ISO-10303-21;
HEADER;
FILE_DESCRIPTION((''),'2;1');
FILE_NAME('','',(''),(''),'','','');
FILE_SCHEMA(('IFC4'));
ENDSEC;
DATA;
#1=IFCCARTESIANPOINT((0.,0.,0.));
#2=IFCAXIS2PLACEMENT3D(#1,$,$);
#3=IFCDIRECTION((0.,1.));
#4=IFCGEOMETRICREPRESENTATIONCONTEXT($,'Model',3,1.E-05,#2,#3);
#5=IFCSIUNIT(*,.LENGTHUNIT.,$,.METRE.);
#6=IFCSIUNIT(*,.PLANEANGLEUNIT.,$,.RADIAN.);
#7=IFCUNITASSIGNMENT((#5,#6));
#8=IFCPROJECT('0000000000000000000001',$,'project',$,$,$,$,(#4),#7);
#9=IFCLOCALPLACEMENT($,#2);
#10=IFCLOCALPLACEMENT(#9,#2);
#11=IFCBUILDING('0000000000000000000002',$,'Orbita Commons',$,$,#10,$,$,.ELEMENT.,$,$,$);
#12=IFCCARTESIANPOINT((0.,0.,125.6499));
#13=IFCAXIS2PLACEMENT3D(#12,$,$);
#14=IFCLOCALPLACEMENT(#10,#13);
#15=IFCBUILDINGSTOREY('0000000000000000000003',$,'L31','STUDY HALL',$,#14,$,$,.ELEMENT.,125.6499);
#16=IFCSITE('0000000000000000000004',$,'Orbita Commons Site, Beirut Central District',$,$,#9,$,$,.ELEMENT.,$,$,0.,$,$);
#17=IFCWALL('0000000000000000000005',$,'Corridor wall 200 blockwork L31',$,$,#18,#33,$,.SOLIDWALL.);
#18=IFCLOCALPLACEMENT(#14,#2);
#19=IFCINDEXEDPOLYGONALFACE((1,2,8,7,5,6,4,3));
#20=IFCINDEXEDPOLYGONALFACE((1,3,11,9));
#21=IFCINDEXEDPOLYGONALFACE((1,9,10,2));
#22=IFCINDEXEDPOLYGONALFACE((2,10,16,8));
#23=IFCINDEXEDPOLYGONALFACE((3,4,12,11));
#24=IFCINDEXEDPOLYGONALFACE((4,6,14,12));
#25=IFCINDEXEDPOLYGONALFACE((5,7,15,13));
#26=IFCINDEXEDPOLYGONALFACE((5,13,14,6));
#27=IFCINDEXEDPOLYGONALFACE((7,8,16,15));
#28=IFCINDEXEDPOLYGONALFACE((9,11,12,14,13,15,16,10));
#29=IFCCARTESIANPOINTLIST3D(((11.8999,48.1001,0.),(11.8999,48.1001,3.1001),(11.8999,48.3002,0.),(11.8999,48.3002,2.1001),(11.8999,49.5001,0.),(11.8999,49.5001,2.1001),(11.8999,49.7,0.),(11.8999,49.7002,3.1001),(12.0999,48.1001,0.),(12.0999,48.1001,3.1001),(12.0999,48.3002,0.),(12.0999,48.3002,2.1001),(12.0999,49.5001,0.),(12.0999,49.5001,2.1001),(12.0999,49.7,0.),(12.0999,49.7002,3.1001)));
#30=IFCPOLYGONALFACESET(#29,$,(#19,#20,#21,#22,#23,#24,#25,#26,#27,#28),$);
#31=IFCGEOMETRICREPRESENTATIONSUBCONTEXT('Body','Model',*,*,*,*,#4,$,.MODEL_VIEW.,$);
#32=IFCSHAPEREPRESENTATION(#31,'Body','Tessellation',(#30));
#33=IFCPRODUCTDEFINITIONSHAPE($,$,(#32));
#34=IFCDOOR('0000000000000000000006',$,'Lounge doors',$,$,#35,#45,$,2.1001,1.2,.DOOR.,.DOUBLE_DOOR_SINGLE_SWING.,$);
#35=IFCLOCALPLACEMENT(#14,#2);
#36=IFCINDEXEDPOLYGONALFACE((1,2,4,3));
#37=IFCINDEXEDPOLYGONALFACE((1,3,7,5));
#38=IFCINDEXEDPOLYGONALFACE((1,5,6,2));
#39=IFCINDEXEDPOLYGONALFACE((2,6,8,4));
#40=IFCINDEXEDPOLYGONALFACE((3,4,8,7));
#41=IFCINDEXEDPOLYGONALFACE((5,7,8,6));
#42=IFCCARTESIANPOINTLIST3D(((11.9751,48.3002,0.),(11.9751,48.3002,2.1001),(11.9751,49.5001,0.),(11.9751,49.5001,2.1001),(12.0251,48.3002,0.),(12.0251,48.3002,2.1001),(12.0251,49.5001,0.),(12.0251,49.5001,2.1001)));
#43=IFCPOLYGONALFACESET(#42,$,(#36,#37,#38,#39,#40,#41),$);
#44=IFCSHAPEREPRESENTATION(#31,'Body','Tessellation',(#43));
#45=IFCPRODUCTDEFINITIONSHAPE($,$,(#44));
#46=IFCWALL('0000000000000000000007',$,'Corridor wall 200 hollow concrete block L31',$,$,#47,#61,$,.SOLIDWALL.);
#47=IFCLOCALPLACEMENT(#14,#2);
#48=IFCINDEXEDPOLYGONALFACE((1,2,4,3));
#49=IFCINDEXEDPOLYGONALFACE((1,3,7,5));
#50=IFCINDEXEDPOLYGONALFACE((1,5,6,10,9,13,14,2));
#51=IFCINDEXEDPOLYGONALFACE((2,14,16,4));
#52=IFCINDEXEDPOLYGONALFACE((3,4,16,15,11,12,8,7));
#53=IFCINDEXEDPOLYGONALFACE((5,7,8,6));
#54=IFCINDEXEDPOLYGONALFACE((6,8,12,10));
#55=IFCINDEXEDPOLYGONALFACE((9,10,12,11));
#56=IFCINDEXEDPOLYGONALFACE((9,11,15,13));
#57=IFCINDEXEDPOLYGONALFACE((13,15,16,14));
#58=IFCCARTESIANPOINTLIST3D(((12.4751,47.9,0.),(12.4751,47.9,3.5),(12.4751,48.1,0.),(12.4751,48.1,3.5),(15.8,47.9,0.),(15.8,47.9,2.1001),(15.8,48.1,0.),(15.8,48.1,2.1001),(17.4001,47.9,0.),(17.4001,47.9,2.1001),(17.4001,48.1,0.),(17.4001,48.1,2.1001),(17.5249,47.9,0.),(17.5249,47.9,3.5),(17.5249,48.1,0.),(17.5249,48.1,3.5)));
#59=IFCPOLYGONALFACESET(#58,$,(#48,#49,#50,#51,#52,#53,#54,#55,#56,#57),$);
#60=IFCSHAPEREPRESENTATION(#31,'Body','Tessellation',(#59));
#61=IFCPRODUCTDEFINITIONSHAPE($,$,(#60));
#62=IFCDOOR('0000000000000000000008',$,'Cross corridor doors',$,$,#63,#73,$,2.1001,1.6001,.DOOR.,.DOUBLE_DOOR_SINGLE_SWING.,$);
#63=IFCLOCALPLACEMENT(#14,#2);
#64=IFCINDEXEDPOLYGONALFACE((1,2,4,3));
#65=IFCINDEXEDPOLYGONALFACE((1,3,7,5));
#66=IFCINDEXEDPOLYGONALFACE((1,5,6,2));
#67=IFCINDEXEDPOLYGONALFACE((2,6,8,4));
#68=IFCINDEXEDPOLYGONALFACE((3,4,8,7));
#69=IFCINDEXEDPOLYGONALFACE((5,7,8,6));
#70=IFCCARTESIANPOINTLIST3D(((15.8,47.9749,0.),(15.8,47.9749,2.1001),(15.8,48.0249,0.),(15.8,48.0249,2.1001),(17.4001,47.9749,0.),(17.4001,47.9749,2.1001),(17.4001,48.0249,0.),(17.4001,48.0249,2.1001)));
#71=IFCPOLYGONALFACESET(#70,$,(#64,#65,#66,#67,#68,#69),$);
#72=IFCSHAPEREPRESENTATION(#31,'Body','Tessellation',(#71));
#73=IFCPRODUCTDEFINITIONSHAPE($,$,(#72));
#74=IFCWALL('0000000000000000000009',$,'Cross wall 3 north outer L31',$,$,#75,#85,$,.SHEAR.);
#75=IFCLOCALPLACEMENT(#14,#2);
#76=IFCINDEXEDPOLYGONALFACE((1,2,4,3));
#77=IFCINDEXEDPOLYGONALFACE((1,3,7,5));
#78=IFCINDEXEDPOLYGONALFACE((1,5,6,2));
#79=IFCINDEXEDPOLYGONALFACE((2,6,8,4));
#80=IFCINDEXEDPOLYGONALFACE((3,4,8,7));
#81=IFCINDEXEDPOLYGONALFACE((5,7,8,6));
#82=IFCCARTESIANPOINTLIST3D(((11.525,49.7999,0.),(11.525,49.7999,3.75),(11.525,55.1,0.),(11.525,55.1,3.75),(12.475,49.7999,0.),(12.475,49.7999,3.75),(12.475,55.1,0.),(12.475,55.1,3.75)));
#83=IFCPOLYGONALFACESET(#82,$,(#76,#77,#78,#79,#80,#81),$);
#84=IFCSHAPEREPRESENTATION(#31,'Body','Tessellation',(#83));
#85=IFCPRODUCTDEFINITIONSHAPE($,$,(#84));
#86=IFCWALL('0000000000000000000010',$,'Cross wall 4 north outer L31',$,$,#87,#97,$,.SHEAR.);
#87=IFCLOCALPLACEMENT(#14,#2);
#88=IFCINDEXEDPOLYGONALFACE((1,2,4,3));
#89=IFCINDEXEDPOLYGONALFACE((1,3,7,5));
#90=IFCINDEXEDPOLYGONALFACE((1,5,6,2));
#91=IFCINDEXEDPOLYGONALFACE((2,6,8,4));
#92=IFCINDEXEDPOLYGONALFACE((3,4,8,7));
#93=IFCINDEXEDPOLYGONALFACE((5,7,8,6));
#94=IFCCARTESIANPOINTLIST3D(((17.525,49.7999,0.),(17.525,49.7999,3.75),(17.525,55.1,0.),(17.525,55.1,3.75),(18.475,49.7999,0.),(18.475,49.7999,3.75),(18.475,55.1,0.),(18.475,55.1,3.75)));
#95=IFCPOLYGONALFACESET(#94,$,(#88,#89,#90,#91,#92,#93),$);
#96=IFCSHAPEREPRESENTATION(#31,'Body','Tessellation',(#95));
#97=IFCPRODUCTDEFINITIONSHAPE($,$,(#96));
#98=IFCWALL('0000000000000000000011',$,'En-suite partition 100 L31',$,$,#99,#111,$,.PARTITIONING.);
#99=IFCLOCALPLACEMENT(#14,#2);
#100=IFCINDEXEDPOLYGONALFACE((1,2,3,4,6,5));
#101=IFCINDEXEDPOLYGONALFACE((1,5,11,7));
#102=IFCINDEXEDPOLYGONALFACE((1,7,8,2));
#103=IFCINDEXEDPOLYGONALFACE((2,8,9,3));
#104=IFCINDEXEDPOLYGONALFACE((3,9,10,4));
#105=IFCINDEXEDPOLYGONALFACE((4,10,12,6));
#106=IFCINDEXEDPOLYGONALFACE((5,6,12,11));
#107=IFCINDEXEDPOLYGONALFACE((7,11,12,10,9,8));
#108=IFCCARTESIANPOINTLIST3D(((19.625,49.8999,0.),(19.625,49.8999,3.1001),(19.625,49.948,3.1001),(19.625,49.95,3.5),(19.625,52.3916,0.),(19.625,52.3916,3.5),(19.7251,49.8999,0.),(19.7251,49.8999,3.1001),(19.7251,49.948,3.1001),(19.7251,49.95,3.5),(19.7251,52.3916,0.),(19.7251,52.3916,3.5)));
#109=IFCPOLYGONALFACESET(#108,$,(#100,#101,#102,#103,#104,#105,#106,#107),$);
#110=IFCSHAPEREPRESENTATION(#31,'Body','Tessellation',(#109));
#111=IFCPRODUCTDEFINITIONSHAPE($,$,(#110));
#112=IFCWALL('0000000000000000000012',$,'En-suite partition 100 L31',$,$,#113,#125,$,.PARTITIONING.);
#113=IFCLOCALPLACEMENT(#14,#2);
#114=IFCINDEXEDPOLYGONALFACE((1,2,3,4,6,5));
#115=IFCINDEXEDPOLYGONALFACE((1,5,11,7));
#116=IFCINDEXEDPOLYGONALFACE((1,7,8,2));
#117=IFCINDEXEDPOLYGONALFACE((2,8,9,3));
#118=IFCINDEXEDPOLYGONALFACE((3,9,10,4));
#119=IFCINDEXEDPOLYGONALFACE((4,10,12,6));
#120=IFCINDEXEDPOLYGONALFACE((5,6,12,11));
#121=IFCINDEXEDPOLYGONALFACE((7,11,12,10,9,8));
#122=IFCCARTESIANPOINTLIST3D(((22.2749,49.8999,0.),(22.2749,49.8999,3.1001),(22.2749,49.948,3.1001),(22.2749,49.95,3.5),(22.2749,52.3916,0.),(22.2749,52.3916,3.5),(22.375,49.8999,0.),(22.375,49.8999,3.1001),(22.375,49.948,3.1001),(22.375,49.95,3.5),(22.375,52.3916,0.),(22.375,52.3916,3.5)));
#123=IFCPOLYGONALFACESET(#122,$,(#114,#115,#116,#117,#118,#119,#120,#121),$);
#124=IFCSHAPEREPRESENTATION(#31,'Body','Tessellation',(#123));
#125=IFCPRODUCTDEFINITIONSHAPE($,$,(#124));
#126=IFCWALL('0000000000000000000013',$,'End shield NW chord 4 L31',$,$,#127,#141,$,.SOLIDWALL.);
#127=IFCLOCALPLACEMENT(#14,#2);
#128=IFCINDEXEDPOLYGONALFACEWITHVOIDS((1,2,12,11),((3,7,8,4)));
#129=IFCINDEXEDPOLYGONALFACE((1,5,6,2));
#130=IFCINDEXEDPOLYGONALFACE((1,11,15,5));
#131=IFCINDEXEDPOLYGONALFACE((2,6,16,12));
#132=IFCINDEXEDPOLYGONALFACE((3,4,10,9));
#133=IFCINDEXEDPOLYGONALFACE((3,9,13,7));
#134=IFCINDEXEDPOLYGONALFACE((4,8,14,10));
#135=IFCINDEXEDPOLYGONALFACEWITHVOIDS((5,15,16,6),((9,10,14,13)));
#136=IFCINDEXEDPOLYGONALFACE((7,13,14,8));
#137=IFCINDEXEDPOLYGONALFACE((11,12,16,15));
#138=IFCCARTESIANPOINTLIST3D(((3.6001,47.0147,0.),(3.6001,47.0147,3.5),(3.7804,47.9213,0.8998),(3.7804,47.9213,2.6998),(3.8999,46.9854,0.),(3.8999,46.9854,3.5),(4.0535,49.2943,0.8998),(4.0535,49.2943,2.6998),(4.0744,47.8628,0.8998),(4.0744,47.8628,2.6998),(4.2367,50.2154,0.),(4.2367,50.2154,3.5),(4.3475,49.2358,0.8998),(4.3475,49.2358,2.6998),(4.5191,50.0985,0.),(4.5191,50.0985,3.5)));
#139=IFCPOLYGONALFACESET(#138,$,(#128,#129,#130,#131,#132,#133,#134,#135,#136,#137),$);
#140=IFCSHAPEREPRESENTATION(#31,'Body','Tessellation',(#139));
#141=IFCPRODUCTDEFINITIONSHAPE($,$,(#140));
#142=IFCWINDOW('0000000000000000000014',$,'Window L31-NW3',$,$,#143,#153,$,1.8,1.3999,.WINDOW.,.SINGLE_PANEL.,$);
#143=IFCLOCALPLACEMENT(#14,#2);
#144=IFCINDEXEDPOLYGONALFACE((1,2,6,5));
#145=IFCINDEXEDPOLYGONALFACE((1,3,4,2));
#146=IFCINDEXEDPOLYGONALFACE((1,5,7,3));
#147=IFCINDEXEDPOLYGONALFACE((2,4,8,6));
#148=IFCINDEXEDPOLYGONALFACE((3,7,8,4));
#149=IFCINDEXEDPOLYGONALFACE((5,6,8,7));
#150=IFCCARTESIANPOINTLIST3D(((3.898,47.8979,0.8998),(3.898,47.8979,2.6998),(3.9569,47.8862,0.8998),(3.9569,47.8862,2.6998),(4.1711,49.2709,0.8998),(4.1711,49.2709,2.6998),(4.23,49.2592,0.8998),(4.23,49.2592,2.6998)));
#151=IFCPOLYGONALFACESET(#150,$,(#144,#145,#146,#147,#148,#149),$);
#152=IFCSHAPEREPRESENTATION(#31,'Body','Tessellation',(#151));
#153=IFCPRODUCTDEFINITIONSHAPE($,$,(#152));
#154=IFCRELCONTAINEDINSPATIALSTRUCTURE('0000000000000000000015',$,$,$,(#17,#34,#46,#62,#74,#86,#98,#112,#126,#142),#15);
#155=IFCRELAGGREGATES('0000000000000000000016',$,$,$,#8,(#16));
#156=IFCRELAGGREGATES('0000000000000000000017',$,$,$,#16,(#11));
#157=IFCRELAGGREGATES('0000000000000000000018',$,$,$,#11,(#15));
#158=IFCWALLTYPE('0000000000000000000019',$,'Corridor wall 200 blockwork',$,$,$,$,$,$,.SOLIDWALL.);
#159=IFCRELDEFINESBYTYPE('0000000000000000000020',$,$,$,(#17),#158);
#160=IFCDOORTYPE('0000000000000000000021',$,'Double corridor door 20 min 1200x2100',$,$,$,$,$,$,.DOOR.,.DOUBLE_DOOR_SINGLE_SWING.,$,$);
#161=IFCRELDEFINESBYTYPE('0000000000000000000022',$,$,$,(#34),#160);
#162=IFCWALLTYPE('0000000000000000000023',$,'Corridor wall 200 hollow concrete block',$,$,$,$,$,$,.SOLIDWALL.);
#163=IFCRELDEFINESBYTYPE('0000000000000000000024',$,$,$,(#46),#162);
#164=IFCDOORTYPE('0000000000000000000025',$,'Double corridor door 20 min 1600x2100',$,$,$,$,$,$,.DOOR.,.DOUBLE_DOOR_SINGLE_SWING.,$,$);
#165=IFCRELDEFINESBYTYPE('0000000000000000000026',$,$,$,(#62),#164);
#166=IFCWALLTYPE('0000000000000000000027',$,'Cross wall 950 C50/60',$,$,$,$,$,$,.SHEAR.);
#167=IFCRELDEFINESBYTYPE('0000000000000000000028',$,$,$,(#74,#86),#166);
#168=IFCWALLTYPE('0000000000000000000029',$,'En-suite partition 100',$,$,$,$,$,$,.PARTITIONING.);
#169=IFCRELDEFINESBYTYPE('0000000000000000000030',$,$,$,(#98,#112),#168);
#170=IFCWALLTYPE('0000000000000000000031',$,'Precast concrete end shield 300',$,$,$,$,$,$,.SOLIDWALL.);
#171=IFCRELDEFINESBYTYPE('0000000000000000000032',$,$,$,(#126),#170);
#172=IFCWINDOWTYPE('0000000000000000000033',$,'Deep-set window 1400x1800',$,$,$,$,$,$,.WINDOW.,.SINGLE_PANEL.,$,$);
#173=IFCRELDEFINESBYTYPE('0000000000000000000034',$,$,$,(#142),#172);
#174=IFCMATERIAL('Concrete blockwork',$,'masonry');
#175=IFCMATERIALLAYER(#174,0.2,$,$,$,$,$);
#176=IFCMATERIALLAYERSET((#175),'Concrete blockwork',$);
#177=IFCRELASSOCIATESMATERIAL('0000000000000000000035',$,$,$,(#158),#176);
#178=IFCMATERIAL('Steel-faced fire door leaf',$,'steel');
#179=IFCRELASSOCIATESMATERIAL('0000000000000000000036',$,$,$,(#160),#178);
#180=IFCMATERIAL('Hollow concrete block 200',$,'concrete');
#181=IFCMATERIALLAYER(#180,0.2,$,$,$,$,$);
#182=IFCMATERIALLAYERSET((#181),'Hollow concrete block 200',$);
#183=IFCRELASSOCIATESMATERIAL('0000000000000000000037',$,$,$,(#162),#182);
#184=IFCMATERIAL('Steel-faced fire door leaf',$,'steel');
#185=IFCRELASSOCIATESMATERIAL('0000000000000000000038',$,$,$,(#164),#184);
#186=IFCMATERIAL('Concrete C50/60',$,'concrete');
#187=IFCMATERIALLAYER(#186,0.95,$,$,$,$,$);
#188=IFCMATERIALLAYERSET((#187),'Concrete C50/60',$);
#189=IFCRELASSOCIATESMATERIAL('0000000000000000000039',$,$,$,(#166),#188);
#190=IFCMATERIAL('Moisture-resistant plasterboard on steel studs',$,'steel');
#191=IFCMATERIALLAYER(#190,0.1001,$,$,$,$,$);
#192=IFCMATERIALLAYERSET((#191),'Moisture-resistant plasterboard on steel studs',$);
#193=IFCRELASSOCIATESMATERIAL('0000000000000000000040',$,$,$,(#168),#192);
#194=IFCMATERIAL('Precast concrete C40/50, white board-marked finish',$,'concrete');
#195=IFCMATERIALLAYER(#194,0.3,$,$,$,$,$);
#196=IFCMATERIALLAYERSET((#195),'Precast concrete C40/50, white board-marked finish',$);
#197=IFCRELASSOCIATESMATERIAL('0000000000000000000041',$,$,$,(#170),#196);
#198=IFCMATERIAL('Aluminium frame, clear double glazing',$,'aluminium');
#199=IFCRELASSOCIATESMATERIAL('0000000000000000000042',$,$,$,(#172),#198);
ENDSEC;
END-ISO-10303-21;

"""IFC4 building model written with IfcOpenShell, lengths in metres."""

from ifc_helpers import new_model, si_unit, direction, frame, frame_2d, origin, place, context, subcontext, project, spatial, polyline, rectangle, outline, extrude, material, layer, layer_set, type_object, element, fill, save


model = new_model("IFC4")

# Units and contexts
model_context = context("Model", 3, precision=1e-05, world=origin(), true_north=direction((0.0, 1.0)))
body_context = subcontext(model_context, "Body", "Model", "MODEL_VIEW")
ifc_project = project(units=[si_unit("LENGTHUNIT", "METRE"), si_unit("PLANEANGLEUNIT", "RADIAN")], contexts=[model_context])

# Site, building, storey
site_placement = place(None, origin())
site = spatial("IfcSite", under=ifc_project, at=site_placement, Name="Orbita Commons Site, Beirut Central District", CompositionType="ELEMENT", RefElevation=0.0)
building_placement = place(site_placement, origin())
building = spatial("IfcBuilding", under=site, at=building_placement, Name="Orbita Commons", CompositionType="ELEMENT")
storey_placement = place(building_placement, frame((0.0, 0.0, 125.6499)))
storey = spatial("IfcBuildingStorey", under=building, at=storey_placement, Name="L31", Description="STUDY HALL", CompositionType="ELEMENT", Elevation=125.6499)

# Shared definitions
ifc_material_1 = material(Name="Concrete blockwork", Category="masonry")
ifc_layer_1 = layer(ifc_material_1, 0.2)
ifc_layer_set_1 = layer_set([ifc_layer_1], Name="Concrete blockwork")
wall_type_1 = type_object("IfcWallType", Name="Corridor wall 200 blockwork", PredefinedType="SOLIDWALL", material=ifc_layer_set_1)

# Walls, openings, doors
wall_1_placement = place(storey_placement, frame((12.0, 48.1001, 0.0), z_axis=(0.0, 0.0, 1.0), x_axis=(0.0, 1.0, 0.0)))
wall_1 = element("IfcWall", 1, at=wall_1_placement, inside=storey, type_object=wall_type_1, Name="Corridor wall 200 blockwork L31", PredefinedType="SOLIDWALL", context=body_context, shape_type="SweptSolid", body=[
    extrude(outline(polyline([(0.0, 0.0), (1.5999, 0.0), (1.6001, 3.1001), (0.0, 3.1001), (0.0, 0.0)])), frame((0.0, 0.1001, 0.0), z_axis=(0.0, -1.0, 0.0), x_axis=(1.0, 0.0, 0.0)), (0.0, 0.0, 1.0), 0.2),
])
opening_1_placement = place(wall_1_placement, frame((0.2, 0.0, 0.0)))
opening_1 = element("IfcOpeningElement", 2, at=opening_1_placement, cuts=wall_1, PredefinedType="OPENING", context=body_context, shape_type="SweptSolid", body=[
    extrude(rectangle(XDim=1.2, YDim=2.1001, at=frame_2d((0.6001, 1.05))), frame((0.0, 0.1099, 0.0), z_axis=(0.0, -1.0, 0.0), x_axis=(1.0, 0.0, 0.0)), (0.0, 0.0, 1.0), 0.22),
])
ifc_material_2 = material(Name="Steel-faced fire door leaf", Category="steel")
door_type_1 = type_object("IfcDoorType", Name="Double corridor door 20 min 1200x2100", OperationType="DOUBLE_DOOR_SINGLE_SWING", PredefinedType="DOOR", material=ifc_material_2)
door_1_placement = place(opening_1_placement, origin())
door_1 = element("IfcDoor", 3, at=door_1_placement, inside=storey, type_object=door_type_1, Name="Lounge doors", OperationType="DOUBLE_DOOR_SINGLE_SWING", OverallHeight=2.1001, OverallWidth=1.2, PredefinedType="DOOR", context=body_context, shape_type="SweptSolid", body=[
    extrude(rectangle(XDim=1.2, YDim=2.1001, at=frame_2d((0.6001, 1.05))), frame((0.0, 0.0249, 0.0), z_axis=(0.0, -1.0, 0.0), x_axis=(1.0, 0.0, 0.0)), (0.0, 0.0, 1.0), 0.05),
])
fill(opening_1, door_1)
ifc_material_3 = material(Name="Hollow concrete block 200", Category="concrete")
ifc_layer_2 = layer(ifc_material_3, 0.2)
ifc_layer_set_2 = layer_set([ifc_layer_2], Name="Hollow concrete block 200")
wall_type_2 = type_object("IfcWallType", Name="Corridor wall 200 hollow concrete block", PredefinedType="SOLIDWALL", material=ifc_layer_set_2)
wall_2_placement = place(storey_placement, frame((12.4751, 48.0, 0.0), z_axis=(0.0, 0.0, 1.0), x_axis=(1.0, 0.0, 0.0)))
wall_2 = element("IfcWall", 4, at=wall_2_placement, inside=storey, type_object=wall_type_2, Name="Corridor wall 200 hollow concrete block L31", PredefinedType="SOLIDWALL", context=body_context, shape_type="SweptSolid", body=[
    extrude(rectangle(XDim=5.0498, YDim=0.2, at=frame_2d((2.5249, 0.0))), origin(), (0.0, 0.0, 1.0), 3.5),
])
opening_2_placement = place(wall_2_placement, frame((3.325, 0.0, 0.0)))
opening_2 = element("IfcOpeningElement", 5, at=opening_2_placement, cuts=wall_2, PredefinedType="OPENING", context=body_context, shape_type="SweptSolid", body=[
    extrude(rectangle(XDim=1.6001, YDim=2.1001, at=frame_2d((0.8, 1.05))), frame((0.0, 0.1099, 0.0), z_axis=(0.0, -1.0, 0.0), x_axis=(1.0, 0.0, 0.0)), (0.0, 0.0, 1.0), 0.22),
])
ifc_material_4 = material(Name="Steel-faced fire door leaf", Category="steel")
door_type_2 = type_object("IfcDoorType", Name="Double corridor door 20 min 1600x2100", OperationType="DOUBLE_DOOR_SINGLE_SWING", PredefinedType="DOOR", material=ifc_material_4)
door_2_placement = place(opening_2_placement, origin())
door_2 = element("IfcDoor", 6, at=door_2_placement, inside=storey, type_object=door_type_2, Name="Cross corridor doors", OperationType="DOUBLE_DOOR_SINGLE_SWING", OverallHeight=2.1001, OverallWidth=1.6001, PredefinedType="DOOR", context=body_context, shape_type="SweptSolid", body=[
    extrude(rectangle(XDim=1.6001, YDim=2.1001, at=frame_2d((0.8, 1.05))), frame((0.0, 0.0249, 0.0), z_axis=(0.0, -1.0, 0.0), x_axis=(1.0, 0.0, 0.0)), (0.0, 0.0, 1.0), 0.05),
])
fill(opening_2, door_2)

# Walls
ifc_material_5 = material(Name="Concrete C50/60", Category="concrete")
ifc_layer_3 = layer(ifc_material_5, 0.95)
ifc_layer_set_3 = layer_set([ifc_layer_3], Name="Concrete C50/60")
wall_type_3 = type_object("IfcWallType", Name="Cross wall 950 C50/60", PredefinedType="SHEAR", material=ifc_layer_set_3)
for number, where, z_axis, x_axis, name in (
    (7, (12.0, 49.8, 0.0), (0.0, 0.0, 1.0), (0.0, 1.0, 0.0), "Cross wall 3 north outer L31"),
    (8, (18.0, 49.8, 0.0), (0.0, 0.0, 1.0), (0.0, 1.0, 0.0), "Cross wall 4 north outer L31"),
):
    element("IfcWall", number, at=place(storey_placement, frame(where, z_axis=z_axis, x_axis=x_axis)), inside=storey, type_object=wall_type_3, Name=name, PredefinedType="SHEAR", context=body_context, shape_type="SweptSolid", body=[
        extrude(rectangle(XDim=5.3, YDim=0.95, at=frame_2d((2.6499, 0.0))), origin(), (0.0, 0.0, 1.0), 3.75),
    ])
ifc_material_6 = material(Name="Moisture-resistant plasterboard on steel studs", Category="steel")
ifc_layer_4 = layer(ifc_material_6, 0.1001)
ifc_layer_set_4 = layer_set([ifc_layer_4], Name="Moisture-resistant plasterboard on steel studs")
wall_type_4 = type_object("IfcWallType", Name="En-suite partition 100", PredefinedType="PARTITIONING", material=ifc_layer_set_4)
for number, where, z_axis, x_axis, name in (
    (9, (19.675, 52.3916, 0.0), (0.0, 0.0, 1.0), (0.0, -1.0, 0.0), "En-suite partition 100 L31"),
    (10, (22.325, 52.3916, 0.0), (0.0, 0.0, 1.0), (0.0, -1.0, 0.0), "En-suite partition 100 L31"),
):
    element("IfcWall", number, at=place(storey_placement, frame(where, z_axis=z_axis, x_axis=x_axis)), inside=storey, type_object=wall_type_4, Name=name, PredefinedType="PARTITIONING", context=body_context, shape_type="SweptSolid", body=[
        extrude(outline(polyline([(0.0, 0.0), (2.4917, 0.0), (2.4917, 3.1001), (2.4436, 3.1001), (2.4417, 3.5), (0.0, 3.5), (0.0, 0.0)])), frame((0.0, 0.05, 0.0), z_axis=(0.0, -1.0, 0.0), x_axis=(1.0, 0.0, 0.0)), (0.0, 0.0, 1.0), 0.1001),
    ])

# Wall, opening, window
ifc_material_7 = material(Name="Precast concrete C40/50, white board-marked finish", Category="concrete")
ifc_layer_5 = layer(ifc_material_7, 0.3)
ifc_layer_set_5 = layer_set([ifc_layer_5], Name="Precast concrete C40/50, white board-marked finish")
wall_type_5 = type_object("IfcWallType", Name="Precast concrete end shield 300", PredefinedType="SOLIDWALL", material=ifc_layer_set_5)
wall_3_placement = place(storey_placement, frame((4.3779, 50.157, 0.0), z_axis=(0.0, 0.0, 1.0), x_axis=(-0.19508, -0.980787, 0.0)))
wall_3 = element("IfcWall", 11, at=wall_3_placement, inside=storey, type_object=wall_type_5, Name="End shield NW chord 4 L31", PredefinedType="SOLIDWALL", context=body_context, shape_type="SweptSolid", body=[
    extrude(outline(polyline([(-0.0298, -0.1499), (3.2336, -0.1499), (3.2039, 0.1499), (0.0298, 0.1499), (-0.0298, -0.1499)])), origin(), (0.0, 0.0, 1.0), 3.5),
])
opening_3_placement = place(wall_3_placement, frame((0.9094, 0.0, 0.8999)))
opening_3 = element("IfcOpeningElement", 12, at=opening_3_placement, cuts=wall_3, PredefinedType="OPENING", context=body_context, shape_type="SweptSolid", body=[
    extrude(rectangle(XDim=1.3999, YDim=1.8, at=frame_2d((0.7, 0.8999))), frame((0.0, 0.1599, 0.0), z_axis=(0.0, -1.0, 0.0), x_axis=(1.0, 0.0, 0.0)), (0.0, 0.0, 1.0), 0.3201),
])
ifc_material_8 = material(Name="Aluminium frame, clear double glazing", Category="aluminium")
window_type = type_object("IfcWindowType", Name="Deep-set window 1400x1800", PartitioningType="SINGLE_PANEL", PredefinedType="WINDOW", material=ifc_material_8)
window_placement = place(opening_3_placement, origin())
window = element("IfcWindow", 13, at=window_placement, inside=storey, type_object=window_type, Name="Window L31-NW3", OverallHeight=1.8, OverallWidth=1.3999, PartitioningType="SINGLE_PANEL", PredefinedType="WINDOW", context=body_context, shape_type="SweptSolid", body=[
    extrude(rectangle(XDim=1.3999, YDim=1.8, at=frame_2d((0.7, 0.8999))), frame((0.0, 0.03, 0.0), z_axis=(0.0, -1.0, 0.0), x_axis=(1.0, 0.0, 0.0)), (0.0, 0.0, 1.0), 0.0601),
])
fill(opening_3, window)

save(model, "model.ifc")
